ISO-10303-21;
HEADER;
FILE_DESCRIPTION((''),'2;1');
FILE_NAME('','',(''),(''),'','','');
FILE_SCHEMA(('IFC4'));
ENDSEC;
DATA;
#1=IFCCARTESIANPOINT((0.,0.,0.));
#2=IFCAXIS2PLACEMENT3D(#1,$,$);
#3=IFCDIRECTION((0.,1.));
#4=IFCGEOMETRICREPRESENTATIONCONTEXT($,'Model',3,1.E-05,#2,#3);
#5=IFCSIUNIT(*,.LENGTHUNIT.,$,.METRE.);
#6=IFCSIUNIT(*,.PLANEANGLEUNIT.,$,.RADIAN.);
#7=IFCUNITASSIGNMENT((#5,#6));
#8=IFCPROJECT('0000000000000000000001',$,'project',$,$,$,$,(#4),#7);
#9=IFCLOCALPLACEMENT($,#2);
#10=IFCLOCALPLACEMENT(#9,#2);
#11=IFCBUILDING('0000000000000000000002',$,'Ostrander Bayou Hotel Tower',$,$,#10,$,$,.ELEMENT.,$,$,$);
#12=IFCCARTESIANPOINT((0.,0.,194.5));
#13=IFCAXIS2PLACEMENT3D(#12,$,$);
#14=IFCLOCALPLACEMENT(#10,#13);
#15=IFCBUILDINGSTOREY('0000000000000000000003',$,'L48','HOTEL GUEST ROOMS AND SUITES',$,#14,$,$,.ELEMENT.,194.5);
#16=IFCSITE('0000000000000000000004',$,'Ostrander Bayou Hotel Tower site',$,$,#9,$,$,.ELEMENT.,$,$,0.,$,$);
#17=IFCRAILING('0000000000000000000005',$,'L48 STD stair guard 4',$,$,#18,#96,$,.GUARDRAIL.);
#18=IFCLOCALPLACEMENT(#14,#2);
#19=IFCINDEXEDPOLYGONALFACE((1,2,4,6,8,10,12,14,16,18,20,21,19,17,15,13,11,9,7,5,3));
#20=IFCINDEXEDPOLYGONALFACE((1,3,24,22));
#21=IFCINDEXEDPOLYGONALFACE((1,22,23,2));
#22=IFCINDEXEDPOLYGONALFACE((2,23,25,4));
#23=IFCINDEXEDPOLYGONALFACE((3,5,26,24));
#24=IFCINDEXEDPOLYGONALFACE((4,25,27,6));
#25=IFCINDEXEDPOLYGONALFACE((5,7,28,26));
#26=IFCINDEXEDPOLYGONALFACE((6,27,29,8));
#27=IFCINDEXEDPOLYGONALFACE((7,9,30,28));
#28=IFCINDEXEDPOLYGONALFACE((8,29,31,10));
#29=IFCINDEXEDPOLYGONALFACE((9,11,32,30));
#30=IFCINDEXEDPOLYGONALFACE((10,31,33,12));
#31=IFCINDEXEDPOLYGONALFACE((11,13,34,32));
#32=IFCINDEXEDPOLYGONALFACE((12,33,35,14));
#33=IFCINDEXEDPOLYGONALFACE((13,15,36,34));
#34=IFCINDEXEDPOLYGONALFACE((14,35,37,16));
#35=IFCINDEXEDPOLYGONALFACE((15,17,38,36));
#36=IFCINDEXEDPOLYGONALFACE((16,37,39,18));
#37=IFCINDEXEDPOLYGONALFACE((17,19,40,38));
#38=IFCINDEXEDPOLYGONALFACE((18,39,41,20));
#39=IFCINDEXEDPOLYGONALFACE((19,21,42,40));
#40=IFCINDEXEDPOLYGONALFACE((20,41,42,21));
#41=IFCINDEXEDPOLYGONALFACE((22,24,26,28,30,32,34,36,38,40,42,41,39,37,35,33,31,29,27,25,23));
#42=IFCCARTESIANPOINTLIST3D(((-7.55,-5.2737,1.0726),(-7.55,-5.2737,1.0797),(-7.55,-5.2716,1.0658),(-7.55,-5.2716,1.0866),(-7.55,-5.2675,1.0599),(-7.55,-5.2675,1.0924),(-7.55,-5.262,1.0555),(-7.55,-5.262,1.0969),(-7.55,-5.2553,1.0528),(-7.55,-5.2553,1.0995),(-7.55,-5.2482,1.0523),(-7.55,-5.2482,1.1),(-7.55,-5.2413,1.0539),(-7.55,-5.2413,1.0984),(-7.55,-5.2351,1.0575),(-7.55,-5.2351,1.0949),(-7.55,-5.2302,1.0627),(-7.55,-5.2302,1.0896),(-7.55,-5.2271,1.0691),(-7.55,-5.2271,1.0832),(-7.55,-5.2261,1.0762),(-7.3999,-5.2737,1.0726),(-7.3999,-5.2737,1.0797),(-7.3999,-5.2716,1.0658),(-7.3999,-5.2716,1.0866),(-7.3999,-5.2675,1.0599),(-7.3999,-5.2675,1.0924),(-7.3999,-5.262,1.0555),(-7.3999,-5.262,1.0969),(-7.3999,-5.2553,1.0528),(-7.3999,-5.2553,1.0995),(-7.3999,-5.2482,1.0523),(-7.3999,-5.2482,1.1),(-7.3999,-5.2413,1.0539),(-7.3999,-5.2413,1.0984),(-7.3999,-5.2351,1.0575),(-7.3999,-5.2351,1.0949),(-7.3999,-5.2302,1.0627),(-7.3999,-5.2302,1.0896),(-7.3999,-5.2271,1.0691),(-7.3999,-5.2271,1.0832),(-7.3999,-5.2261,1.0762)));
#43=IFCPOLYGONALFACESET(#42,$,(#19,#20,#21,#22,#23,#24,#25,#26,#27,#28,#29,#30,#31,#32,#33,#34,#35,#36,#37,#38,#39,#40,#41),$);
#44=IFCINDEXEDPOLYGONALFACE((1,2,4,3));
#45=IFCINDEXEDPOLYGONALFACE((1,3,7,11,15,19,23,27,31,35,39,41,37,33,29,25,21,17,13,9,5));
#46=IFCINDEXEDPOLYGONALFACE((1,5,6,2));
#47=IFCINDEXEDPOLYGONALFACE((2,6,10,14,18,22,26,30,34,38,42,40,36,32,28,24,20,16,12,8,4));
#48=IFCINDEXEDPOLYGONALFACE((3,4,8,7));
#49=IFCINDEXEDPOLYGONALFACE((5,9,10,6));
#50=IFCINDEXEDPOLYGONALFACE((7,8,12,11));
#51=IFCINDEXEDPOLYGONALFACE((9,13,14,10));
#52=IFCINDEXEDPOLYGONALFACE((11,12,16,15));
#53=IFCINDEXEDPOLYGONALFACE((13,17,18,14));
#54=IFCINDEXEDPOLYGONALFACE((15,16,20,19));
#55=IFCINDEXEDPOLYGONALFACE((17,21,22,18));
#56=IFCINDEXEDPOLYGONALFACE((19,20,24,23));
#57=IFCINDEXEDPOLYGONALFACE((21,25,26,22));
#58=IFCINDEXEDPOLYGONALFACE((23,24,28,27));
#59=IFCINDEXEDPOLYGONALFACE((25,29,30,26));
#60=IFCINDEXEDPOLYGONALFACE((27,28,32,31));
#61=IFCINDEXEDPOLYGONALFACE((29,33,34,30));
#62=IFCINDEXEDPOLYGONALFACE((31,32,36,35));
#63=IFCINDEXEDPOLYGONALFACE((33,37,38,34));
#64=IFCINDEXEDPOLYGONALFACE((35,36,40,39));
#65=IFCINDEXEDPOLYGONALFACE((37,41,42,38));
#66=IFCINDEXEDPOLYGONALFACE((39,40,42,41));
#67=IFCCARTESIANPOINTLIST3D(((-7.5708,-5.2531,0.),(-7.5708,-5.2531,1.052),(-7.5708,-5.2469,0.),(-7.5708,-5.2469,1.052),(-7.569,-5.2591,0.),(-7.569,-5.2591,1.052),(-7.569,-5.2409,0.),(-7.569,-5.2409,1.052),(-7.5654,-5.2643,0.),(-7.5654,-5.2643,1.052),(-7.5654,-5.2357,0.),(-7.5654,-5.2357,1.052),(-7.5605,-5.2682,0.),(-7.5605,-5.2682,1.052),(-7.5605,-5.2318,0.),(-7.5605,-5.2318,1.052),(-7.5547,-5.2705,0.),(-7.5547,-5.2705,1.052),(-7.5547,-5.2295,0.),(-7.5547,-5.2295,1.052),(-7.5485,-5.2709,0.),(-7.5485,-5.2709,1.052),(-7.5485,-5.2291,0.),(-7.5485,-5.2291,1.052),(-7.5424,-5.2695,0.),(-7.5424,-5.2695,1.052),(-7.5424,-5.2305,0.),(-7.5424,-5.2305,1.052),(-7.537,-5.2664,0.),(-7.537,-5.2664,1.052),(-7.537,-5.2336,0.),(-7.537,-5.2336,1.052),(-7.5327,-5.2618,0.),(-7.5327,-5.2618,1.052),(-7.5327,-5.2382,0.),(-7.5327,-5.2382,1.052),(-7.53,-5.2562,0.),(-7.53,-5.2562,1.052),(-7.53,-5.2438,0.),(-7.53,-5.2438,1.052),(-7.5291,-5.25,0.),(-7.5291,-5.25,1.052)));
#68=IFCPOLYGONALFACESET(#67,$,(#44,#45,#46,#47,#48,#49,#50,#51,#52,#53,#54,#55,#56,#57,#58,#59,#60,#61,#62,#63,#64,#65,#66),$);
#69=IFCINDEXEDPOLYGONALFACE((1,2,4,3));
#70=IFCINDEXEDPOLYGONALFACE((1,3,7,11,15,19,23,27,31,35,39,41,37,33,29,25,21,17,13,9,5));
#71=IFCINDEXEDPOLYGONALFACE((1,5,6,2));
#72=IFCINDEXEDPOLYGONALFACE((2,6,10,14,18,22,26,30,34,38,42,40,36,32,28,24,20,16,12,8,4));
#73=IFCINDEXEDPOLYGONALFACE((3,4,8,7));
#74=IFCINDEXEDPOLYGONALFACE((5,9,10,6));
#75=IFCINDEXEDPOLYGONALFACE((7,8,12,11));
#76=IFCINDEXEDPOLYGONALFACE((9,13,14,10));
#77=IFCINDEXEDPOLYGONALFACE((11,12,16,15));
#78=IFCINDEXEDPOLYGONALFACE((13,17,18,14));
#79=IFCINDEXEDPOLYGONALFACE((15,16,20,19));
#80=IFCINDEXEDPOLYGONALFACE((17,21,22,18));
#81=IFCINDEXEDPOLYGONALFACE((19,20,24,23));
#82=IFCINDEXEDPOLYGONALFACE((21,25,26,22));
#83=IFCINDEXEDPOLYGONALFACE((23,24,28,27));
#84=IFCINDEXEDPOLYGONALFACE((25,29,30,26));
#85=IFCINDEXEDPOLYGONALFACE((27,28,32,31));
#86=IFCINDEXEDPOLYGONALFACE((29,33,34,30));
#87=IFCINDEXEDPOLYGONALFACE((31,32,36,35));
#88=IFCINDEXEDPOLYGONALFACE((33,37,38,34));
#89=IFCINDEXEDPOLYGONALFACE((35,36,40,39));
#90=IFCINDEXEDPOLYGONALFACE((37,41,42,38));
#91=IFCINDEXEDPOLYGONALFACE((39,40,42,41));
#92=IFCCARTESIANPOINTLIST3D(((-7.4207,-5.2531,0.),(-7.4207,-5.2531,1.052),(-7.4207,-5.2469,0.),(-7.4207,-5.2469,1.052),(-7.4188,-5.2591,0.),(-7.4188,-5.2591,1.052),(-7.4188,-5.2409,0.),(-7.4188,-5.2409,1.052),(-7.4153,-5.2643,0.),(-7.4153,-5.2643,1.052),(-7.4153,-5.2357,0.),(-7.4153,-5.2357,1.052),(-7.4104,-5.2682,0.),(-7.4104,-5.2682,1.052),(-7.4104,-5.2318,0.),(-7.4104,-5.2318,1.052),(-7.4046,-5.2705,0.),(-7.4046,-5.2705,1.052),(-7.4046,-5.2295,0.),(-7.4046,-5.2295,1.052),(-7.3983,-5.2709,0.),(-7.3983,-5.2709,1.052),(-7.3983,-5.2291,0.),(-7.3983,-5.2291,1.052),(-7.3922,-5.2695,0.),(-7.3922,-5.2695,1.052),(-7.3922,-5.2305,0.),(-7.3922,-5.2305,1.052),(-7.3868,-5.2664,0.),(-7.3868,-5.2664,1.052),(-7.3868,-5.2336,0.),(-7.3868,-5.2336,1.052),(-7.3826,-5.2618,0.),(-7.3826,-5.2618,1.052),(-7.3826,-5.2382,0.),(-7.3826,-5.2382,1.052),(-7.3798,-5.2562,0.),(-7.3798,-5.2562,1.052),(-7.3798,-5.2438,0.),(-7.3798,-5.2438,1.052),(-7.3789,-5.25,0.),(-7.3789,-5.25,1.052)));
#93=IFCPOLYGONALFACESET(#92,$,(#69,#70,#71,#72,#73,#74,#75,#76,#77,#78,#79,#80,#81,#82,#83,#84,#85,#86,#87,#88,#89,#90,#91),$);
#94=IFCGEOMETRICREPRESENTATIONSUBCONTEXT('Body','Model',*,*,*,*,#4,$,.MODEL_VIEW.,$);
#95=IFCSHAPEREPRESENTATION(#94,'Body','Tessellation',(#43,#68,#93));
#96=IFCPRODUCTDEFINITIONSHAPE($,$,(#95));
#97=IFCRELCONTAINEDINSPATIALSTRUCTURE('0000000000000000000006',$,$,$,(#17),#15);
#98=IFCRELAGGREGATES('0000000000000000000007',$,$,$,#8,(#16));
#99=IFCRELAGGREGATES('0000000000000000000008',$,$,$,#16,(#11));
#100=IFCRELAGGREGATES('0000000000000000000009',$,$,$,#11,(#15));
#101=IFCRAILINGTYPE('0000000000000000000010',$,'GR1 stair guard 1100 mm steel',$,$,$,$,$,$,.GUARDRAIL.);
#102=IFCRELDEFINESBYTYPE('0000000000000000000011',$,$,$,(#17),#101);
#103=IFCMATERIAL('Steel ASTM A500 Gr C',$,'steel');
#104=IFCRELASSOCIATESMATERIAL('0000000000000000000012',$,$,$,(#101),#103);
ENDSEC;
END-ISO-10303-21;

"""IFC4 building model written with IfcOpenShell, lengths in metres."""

from ifc_helpers import new_model, si_unit, direction, frame, origin, origin_2d, place, context, subcontext, project, spatial, circle, extrude, material, type_object, element, save


model = new_model("IFC4")

# Units and contexts
model_context = context("Model", 3, precision=1e-05, world=origin(), true_north=direction((0.0, 1.0)))
body_context = subcontext(model_context, "Body", "Model", "MODEL_VIEW")
ifc_project = project(units=[si_unit("LENGTHUNIT", "METRE"), si_unit("PLANEANGLEUNIT", "RADIAN")], contexts=[model_context])

# Site, building, storey
site_placement = place(None, origin())
site = spatial("IfcSite", under=ifc_project, at=site_placement, Name="Ostrander Bayou Hotel Tower site", CompositionType="ELEMENT", RefElevation=0.0)
building_placement = place(site_placement, origin())
building = spatial("IfcBuilding", under=site, at=building_placement, Name="Ostrander Bayou Hotel Tower", CompositionType="ELEMENT")
storey_placement = place(building_placement, frame((0.0, 0.0, 194.5)))
storey = spatial("IfcBuildingStorey", under=building, at=storey_placement, Name="L48", Description="HOTEL GUEST ROOMS AND SUITES", CompositionType="ELEMENT", Elevation=194.5)

# Railing
ifc_material_1 = material(Name="Steel ASTM A500 Gr C", Category="steel")
railing_type = type_object("IfcRailingType", Name="GR1 stair guard 1100 mm steel", PredefinedType="GUARDRAIL", material=ifc_material_1)
railing_placement = place(storey_placement, frame((-7.55, -5.25, 0.0)))
element("IfcRailing", 1, at=railing_placement, inside=storey, type_object=railing_type, Name="L48 STD stair guard 4", PredefinedType="GUARDRAIL", context=body_context, shape_type="SweptSolid", body=[
    extrude(circle(Radius=0.0239, at=origin_2d()), frame((0.0, 0.0, 1.0762), z_axis=(1.0, 0.0, 0.0), x_axis=(0.0, 1.0, 0.0)), (0.0, 0.0, 1.0), 0.1501),
    extrude(circle(Radius=0.021, at=origin_2d()), origin(), (0.0, 0.0, 1.0), 1.052),
    extrude(circle(Radius=0.021, at=origin_2d()), frame((0.1501, 0.0, 0.0)), (0.0, 0.0, 1.0), 1.052),
])

save(model, "model.ifc")
